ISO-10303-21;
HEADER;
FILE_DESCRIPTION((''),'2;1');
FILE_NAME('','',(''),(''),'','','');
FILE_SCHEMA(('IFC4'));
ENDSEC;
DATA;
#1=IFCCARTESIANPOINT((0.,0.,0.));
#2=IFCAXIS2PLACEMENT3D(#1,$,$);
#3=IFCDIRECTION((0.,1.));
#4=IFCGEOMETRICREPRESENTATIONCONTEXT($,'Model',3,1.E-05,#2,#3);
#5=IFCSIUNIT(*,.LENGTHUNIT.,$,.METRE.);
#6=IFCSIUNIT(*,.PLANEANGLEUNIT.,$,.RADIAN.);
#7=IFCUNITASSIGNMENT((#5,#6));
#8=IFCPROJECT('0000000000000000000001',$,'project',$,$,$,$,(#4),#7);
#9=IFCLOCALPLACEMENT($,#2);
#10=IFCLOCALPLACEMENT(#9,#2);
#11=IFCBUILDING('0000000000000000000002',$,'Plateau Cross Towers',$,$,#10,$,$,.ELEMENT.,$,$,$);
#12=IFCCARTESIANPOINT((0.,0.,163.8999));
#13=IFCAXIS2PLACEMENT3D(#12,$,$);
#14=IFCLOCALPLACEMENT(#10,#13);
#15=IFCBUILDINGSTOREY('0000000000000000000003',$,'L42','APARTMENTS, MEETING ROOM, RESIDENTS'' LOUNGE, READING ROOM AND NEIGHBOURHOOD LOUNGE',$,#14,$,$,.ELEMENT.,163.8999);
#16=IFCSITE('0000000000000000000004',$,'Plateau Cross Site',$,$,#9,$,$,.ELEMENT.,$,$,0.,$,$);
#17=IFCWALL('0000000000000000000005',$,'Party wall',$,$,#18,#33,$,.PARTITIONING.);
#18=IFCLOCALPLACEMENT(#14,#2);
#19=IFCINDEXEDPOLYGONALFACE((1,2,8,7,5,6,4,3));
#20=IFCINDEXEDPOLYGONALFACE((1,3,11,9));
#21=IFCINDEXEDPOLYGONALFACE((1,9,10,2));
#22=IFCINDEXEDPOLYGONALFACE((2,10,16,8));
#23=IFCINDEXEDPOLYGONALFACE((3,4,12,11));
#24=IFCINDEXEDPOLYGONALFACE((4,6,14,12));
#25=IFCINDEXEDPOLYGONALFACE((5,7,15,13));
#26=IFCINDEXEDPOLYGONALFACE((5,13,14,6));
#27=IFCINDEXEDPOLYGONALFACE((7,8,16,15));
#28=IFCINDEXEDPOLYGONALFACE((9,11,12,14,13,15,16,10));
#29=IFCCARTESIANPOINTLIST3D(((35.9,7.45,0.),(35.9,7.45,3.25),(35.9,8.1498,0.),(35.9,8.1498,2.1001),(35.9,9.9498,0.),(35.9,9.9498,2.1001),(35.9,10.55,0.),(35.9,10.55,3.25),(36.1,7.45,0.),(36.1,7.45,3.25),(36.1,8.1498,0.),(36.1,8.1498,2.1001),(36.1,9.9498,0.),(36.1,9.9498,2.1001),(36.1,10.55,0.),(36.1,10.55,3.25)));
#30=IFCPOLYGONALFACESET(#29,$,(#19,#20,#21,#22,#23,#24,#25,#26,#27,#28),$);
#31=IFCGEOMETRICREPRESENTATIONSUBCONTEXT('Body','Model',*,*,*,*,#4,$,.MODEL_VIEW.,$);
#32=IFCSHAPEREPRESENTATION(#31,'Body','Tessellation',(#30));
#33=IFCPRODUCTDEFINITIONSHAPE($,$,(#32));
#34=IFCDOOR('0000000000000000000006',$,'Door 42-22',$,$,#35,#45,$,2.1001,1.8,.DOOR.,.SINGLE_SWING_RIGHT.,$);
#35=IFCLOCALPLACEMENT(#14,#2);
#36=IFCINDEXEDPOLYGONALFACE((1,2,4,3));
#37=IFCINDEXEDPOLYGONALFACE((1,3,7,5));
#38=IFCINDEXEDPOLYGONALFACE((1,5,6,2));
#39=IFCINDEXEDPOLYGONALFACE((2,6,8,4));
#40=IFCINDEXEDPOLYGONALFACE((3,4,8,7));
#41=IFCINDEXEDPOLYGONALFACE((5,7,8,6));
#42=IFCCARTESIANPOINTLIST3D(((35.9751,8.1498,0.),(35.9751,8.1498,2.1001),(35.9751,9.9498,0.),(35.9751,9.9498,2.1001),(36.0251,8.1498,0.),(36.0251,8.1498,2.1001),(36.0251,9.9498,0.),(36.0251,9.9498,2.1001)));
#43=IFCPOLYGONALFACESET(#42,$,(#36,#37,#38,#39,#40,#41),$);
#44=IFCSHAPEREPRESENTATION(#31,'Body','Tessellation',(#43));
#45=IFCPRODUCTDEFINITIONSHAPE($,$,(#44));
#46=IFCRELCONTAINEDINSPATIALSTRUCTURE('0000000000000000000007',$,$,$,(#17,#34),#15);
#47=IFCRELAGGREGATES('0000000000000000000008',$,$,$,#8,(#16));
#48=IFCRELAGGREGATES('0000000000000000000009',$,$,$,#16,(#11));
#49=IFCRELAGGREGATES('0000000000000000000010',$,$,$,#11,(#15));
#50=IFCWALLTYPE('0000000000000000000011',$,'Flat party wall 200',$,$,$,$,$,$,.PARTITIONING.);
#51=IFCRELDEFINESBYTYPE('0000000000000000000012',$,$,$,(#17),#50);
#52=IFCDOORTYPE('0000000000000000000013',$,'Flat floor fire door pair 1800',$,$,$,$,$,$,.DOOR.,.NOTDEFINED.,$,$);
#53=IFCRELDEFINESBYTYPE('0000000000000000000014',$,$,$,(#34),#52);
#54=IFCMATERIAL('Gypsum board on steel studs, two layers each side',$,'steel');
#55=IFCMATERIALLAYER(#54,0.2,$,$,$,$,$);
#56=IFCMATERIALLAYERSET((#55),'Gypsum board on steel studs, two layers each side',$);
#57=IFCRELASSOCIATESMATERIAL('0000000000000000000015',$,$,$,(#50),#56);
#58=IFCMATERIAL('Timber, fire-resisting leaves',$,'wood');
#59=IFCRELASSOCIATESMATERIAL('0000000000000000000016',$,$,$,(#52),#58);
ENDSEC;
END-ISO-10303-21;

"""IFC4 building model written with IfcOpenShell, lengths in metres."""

from ifc_helpers import new_model, si_unit, direction, frame, frame_2d, origin, place, context, subcontext, project, spatial, rectangle, extrude, material, layer, layer_set, type_object, element, fill, save


model = new_model("IFC4")

# Units and contexts
model_context = context("Model", 3, precision=1e-05, world=origin(), true_north=direction((0.0, 1.0)))
body_context = subcontext(model_context, "Body", "Model", "MODEL_VIEW")
ifc_project = project(units=[si_unit("LENGTHUNIT", "METRE"), si_unit("PLANEANGLEUNIT", "RADIAN")], contexts=[model_context])

# Site, building, storey
site_placement = place(None, origin())
site = spatial("IfcSite", under=ifc_project, at=site_placement, Name="Plateau Cross Site", CompositionType="ELEMENT", RefElevation=0.0)
building_placement = place(site_placement, origin())
building = spatial("IfcBuilding", under=site, at=building_placement, Name="Plateau Cross Towers", CompositionType="ELEMENT")
storey_placement = place(building_placement, frame((0.0, 0.0, 163.8999)))
storey = spatial("IfcBuildingStorey", under=building, at=storey_placement, Name="L42", Description="APARTMENTS, MEETING ROOM, RESIDENTS' LOUNGE, READING ROOM AND NEIGHBOURHOOD LOUNGE", CompositionType="ELEMENT", Elevation=163.8999)

# Shared definitions
ifc_material_1 = material(Name="Gypsum board on steel studs, two layers each side", Category="steel")
ifc_layer_1 = layer(ifc_material_1, 0.2)
ifc_layer_set_1 = layer_set([ifc_layer_1], Name="Gypsum board on steel studs, two layers each side")
wall_type_1 = type_object("IfcWallType", Name="Flat party wall 200", PredefinedType="PARTITIONING", material=ifc_layer_set_1)

# Wall, opening, door
wall_1_placement = place(storey_placement, frame((36.0, 7.45, 0.0), z_axis=(0.0, 0.0, 1.0), x_axis=(0.0, 1.0, 0.0)))
wall_1 = element("IfcWall", 1, at=wall_1_placement, inside=storey, type_object=wall_type_1, Name="Party wall", PredefinedType="PARTITIONING", context=body_context, shape_type="SweptSolid", body=[
    extrude(rectangle(XDim=3.1001, YDim=0.2, at=frame_2d((1.55, 0.0))), origin(), (0.0, 0.0, 1.0), 3.25),
])
opening_1_placement = place(wall_1_placement, frame((0.7, 0.0, 0.0)))
opening_1 = element("IfcOpeningElement", 2, at=opening_1_placement, cuts=wall_1, PredefinedType="OPENING", context=body_context, shape_type="SweptSolid", body=[
    extrude(rectangle(XDim=1.8, YDim=2.1001, at=frame_2d((0.8999, 1.05))), frame((0.0, 0.1099, 0.0), z_axis=(0.0, -1.0, 0.0), x_axis=(1.0, 0.0, 0.0)), (0.0, 0.0, 1.0), 0.22),
])
ifc_material_2 = material(Name="Timber, fire-resisting leaves", Category="wood")
door_type_1 = type_object("IfcDoorType", Name="Flat floor fire door pair 1800", OperationType="NOTDEFINED", PredefinedType="DOOR", material=ifc_material_2)
door_1_placement = place(opening_1_placement, origin())
door_1 = element("IfcDoor", 3, at=door_1_placement, inside=storey, type_object=door_type_1, Name="Door 42-22", OperationType="SINGLE_SWING_RIGHT", OverallHeight=2.1001, OverallWidth=1.8, PredefinedType="DOOR", context=body_context, shape_type="SweptSolid", body=[
    extrude(rectangle(XDim=1.8, YDim=2.1001, at=frame_2d((0.8999, 1.05))), frame((0.0, 0.0249, 0.0), z_axis=(0.0, -1.0, 0.0), x_axis=(1.0, 0.0, 0.0)), (0.0, 0.0, 1.0), 0.05),
])
fill(opening_1, door_1)

save(model, "model.ifc")
